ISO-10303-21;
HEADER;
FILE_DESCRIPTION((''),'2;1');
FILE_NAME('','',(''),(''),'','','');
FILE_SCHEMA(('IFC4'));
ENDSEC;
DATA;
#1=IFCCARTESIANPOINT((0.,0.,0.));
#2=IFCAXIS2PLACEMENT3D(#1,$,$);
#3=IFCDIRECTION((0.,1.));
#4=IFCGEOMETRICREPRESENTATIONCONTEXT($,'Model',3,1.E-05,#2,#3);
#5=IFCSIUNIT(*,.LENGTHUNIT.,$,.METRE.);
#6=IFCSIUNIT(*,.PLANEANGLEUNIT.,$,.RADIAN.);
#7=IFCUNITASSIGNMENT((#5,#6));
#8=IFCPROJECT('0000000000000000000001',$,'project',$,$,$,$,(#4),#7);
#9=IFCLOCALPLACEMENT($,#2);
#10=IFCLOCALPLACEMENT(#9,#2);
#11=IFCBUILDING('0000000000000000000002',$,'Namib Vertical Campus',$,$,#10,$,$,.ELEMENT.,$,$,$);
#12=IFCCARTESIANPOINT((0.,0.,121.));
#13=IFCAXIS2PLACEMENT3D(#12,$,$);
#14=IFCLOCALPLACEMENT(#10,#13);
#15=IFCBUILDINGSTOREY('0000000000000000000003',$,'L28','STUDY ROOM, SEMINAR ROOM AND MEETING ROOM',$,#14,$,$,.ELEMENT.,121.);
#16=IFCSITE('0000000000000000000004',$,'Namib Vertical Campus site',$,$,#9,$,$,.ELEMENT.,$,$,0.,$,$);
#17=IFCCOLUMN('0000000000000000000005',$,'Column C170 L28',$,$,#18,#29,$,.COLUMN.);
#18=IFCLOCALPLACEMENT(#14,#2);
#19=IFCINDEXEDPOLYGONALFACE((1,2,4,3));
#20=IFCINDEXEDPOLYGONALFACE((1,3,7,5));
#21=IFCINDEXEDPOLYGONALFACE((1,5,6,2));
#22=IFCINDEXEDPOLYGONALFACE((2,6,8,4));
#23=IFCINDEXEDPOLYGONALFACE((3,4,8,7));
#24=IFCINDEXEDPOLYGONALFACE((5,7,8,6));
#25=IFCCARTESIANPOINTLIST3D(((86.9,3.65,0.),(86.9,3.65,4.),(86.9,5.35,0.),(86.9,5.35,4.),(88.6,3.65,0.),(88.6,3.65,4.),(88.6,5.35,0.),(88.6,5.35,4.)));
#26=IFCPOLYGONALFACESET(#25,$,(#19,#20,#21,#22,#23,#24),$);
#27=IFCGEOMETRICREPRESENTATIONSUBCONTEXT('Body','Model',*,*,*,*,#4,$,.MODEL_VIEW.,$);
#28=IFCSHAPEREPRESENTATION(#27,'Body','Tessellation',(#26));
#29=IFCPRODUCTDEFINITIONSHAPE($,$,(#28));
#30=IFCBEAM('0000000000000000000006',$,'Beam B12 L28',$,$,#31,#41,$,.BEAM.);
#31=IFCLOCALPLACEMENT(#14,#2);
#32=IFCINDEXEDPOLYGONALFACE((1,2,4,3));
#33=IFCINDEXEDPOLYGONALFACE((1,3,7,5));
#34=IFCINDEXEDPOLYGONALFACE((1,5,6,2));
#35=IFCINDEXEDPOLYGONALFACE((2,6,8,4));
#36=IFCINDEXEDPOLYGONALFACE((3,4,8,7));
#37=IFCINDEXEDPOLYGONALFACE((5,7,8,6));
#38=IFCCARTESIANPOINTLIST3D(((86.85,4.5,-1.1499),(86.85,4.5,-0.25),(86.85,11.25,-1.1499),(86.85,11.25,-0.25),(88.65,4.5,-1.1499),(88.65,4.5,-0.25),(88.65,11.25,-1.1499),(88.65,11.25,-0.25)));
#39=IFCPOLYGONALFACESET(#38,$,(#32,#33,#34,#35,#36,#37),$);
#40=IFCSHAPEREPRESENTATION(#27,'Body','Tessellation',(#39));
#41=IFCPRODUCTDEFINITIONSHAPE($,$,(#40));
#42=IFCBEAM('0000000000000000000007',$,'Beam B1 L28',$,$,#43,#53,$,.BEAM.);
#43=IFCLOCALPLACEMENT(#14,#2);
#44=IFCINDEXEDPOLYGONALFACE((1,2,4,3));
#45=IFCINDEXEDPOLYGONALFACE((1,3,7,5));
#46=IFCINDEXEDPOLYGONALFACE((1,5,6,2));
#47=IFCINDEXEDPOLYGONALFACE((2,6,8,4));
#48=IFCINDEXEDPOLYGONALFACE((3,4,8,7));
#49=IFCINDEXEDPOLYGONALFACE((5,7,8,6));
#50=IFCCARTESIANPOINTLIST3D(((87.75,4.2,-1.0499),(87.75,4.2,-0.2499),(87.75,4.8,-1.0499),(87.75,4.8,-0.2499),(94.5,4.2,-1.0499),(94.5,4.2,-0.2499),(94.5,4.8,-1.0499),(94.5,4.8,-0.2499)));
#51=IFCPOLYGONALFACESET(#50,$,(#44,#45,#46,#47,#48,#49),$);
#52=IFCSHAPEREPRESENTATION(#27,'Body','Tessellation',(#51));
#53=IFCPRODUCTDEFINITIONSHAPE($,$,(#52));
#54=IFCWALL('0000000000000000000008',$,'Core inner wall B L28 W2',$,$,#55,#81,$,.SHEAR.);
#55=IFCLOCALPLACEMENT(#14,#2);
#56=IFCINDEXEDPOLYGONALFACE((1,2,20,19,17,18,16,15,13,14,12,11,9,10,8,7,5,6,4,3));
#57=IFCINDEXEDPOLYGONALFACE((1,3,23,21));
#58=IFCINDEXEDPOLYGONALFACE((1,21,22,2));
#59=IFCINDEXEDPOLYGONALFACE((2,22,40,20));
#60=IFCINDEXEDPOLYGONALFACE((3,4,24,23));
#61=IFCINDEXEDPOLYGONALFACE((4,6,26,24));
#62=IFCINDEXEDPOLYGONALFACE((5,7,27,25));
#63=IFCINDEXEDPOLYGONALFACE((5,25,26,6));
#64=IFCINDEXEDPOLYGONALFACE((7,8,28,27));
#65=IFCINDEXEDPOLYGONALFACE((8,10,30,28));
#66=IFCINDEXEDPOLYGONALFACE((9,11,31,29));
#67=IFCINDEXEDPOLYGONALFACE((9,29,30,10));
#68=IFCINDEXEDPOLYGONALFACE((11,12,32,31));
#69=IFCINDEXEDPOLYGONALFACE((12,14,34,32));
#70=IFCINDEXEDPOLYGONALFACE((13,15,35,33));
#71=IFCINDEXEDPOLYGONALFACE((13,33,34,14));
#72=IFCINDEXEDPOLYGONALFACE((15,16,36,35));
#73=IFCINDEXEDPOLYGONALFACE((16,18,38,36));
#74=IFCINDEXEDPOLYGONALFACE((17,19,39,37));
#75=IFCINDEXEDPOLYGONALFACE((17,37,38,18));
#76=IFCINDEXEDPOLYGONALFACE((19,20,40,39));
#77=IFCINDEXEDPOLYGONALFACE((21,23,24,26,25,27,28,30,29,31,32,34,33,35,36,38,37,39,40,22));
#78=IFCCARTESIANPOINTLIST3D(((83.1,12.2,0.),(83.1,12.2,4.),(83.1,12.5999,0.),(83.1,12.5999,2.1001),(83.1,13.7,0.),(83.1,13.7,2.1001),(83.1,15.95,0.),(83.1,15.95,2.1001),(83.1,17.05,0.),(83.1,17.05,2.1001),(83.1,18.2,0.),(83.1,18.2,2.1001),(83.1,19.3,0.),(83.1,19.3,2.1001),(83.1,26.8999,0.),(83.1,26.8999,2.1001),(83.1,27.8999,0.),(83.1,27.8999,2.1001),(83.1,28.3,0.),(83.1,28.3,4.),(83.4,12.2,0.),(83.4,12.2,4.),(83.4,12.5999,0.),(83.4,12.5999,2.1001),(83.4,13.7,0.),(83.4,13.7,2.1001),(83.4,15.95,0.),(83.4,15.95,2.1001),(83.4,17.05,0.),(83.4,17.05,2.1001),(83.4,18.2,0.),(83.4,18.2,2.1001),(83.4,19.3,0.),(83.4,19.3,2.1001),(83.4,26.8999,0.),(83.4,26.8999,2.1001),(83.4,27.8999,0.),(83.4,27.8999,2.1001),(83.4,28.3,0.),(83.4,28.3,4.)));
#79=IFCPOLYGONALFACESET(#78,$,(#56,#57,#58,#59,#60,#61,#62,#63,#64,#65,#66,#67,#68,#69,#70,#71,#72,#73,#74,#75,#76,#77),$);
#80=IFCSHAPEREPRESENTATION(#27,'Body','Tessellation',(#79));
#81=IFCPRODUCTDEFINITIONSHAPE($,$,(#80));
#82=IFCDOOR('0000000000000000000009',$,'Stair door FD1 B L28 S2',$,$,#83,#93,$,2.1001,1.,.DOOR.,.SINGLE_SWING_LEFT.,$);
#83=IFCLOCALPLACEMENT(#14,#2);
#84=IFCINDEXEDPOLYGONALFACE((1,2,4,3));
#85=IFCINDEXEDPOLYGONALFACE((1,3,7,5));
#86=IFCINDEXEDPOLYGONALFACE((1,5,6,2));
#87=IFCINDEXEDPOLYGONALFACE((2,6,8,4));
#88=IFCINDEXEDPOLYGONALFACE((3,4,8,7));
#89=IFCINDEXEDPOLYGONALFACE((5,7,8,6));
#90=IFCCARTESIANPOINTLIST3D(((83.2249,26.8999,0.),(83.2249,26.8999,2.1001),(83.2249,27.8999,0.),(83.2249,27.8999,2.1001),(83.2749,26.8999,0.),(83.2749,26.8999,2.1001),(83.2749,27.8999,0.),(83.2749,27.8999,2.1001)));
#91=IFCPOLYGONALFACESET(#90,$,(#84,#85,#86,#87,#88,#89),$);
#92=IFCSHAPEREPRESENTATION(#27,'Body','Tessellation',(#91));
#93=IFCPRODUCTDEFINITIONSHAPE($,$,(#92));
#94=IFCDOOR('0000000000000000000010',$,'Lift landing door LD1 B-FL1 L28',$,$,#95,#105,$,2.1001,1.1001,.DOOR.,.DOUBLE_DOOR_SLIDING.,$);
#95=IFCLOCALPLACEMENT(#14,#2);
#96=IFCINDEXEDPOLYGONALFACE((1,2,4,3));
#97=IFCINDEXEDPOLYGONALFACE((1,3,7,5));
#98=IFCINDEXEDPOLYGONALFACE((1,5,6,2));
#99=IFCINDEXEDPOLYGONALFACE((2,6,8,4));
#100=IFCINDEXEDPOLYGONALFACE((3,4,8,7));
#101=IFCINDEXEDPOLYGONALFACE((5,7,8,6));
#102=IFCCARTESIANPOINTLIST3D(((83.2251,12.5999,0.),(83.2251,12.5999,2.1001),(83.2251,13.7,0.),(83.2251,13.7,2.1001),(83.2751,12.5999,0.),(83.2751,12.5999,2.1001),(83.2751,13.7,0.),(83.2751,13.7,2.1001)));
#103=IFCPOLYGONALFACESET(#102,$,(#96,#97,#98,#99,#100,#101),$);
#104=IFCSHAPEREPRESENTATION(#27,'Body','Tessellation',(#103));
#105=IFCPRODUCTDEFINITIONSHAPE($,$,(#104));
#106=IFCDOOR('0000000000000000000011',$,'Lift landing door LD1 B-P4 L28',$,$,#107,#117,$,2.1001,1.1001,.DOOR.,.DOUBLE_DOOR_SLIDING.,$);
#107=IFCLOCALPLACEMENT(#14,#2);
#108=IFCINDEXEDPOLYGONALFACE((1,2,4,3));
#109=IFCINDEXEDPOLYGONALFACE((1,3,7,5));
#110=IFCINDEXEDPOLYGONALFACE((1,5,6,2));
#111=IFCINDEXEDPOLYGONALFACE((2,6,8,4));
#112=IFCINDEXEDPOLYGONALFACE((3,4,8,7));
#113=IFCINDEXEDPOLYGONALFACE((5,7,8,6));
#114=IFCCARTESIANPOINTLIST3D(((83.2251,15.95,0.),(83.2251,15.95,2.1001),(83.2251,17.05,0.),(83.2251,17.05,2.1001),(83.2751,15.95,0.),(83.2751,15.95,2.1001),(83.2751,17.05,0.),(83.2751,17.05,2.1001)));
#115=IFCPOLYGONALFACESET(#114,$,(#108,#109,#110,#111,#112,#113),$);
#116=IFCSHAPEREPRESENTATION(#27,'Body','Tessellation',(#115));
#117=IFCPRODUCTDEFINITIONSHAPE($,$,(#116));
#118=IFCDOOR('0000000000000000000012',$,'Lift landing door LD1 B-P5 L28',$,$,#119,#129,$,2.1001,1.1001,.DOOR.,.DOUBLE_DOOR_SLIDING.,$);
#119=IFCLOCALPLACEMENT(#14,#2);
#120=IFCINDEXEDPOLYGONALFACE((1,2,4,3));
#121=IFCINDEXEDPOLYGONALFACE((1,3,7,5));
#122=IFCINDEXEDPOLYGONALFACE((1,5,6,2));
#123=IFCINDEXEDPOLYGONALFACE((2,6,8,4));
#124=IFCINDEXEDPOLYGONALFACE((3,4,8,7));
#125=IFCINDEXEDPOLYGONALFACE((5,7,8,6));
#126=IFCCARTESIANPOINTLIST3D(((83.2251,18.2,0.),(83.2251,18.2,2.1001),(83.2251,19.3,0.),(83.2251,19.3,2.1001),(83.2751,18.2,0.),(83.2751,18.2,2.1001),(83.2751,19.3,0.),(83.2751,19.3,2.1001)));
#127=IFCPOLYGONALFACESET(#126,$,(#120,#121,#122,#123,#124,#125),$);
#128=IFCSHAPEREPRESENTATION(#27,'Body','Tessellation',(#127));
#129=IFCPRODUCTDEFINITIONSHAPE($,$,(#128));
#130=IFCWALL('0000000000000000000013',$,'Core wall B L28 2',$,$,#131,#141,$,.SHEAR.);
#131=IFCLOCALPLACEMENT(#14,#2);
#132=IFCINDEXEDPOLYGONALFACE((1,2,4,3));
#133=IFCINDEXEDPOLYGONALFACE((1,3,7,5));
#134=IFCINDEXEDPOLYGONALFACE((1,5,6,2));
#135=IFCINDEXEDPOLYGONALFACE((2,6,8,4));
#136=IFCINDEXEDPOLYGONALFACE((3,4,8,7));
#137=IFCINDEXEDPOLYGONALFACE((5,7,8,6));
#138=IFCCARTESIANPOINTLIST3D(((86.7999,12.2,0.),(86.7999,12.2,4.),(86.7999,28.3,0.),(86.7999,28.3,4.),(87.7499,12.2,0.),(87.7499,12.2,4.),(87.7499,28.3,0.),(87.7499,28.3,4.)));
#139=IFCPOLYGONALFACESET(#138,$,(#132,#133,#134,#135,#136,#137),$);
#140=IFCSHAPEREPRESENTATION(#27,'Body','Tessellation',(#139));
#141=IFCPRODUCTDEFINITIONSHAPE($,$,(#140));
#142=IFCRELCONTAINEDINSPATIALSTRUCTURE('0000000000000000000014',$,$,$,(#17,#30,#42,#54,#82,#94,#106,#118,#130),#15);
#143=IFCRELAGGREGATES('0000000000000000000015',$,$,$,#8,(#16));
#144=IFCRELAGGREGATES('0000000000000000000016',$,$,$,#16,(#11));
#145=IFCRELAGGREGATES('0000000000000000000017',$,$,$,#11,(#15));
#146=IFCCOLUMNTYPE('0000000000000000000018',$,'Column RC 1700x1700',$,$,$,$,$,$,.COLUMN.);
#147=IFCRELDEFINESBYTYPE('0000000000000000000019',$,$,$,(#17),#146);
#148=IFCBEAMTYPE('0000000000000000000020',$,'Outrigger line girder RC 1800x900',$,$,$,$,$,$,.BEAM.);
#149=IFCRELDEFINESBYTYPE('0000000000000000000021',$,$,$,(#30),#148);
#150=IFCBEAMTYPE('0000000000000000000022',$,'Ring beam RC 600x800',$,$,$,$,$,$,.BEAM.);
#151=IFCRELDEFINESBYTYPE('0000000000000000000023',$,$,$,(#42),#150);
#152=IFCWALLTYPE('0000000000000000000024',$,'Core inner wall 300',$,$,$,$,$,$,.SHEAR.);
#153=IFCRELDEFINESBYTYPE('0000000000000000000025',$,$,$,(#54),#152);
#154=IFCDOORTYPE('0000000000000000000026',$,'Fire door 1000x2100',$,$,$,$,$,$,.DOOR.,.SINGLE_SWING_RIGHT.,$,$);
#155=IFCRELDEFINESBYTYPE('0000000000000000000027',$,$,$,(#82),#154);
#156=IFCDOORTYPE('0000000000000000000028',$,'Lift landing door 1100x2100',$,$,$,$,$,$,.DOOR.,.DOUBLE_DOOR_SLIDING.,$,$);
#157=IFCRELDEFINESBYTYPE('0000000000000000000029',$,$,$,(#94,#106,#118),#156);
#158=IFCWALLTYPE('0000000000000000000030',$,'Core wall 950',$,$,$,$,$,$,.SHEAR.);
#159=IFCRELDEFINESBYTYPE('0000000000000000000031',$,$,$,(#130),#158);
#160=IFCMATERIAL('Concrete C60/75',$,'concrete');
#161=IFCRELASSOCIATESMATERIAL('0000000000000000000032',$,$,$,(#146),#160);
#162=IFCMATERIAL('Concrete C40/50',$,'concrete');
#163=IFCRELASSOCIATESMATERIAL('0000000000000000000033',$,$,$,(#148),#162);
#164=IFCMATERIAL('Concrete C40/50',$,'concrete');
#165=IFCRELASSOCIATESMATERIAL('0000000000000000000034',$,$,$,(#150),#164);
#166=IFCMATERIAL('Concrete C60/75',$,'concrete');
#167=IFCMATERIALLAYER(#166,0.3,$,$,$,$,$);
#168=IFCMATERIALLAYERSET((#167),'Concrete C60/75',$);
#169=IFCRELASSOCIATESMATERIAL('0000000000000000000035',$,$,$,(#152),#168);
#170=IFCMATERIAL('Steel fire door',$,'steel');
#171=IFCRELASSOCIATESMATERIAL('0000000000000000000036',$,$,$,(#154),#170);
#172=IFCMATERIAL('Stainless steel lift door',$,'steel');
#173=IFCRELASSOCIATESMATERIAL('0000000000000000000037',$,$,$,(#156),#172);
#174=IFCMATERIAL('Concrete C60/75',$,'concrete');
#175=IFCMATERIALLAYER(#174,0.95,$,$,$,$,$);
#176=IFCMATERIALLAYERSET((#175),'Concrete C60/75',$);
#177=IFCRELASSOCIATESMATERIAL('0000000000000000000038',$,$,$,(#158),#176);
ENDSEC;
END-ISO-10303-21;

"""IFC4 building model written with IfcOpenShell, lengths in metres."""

from ifc_helpers import new_model, si_unit, direction, frame, frame_2d, origin, origin_2d, place, context, subcontext, project, spatial, rectangle, extrude, material, layer, layer_set, material_profile, profile_set, type_object, element, fill, save


model = new_model("IFC4")

# Units and contexts
model_context = context("Model", 3, precision=1e-05, world=origin(), true_north=direction((0.0, 1.0)))
body_context = subcontext(model_context, "Body", "Model", "MODEL_VIEW")
ifc_project = project(units=[si_unit("LENGTHUNIT", "METRE"), si_unit("PLANEANGLEUNIT", "RADIAN")], contexts=[model_context])

# Site, building, storey
site_placement = place(None, origin())
site = spatial("IfcSite", under=ifc_project, at=site_placement, Name="Namib Vertical Campus site", CompositionType="ELEMENT", RefElevation=0.0)
building_placement = place(site_placement, origin())
building = spatial("IfcBuilding", under=site, at=building_placement, Name="Namib Vertical Campus", CompositionType="ELEMENT")
storey_placement = place(building_placement, frame((0.0, 0.0, 121.0)))
storey = spatial("IfcBuildingStorey", under=building, at=storey_placement, Name="L28", Description="STUDY ROOM, SEMINAR ROOM AND MEETING ROOM", CompositionType="ELEMENT", Elevation=121.0)

# Column
ifc_material_1 = material(Name="Concrete C60/75", Category="concrete")
ifc_material_profile_1 = material_profile(ifc_material_1, rectangle(XDim=1.7, YDim=1.7, at=origin_2d()))
ifc_profile_set_1 = profile_set([ifc_material_profile_1], Name="Concrete C60/75")
column_type = type_object("IfcColumnType", Name="Column RC 1700x1700", PredefinedType="COLUMN", material=ifc_profile_set_1)
column_placement = place(storey_placement, frame((87.75, 4.5, 0.0), z_axis=(0.0, 0.0, 1.0), x_axis=(1.0, 0.0, 0.0)))
element("IfcColumn", 1, at=column_placement, inside=storey, type_object=column_type, Name="Column C170 L28", PredefinedType="COLUMN", context=body_context, shape_type="SweptSolid", body=[
    extrude(rectangle(XDim=1.7, YDim=1.7, at=origin_2d()), origin(), (0.0, 0.0, 1.0), 4.0),
])

# Beams
ifc_material_2 = material(Name="Concrete C40/50", Category="concrete")
ifc_material_profile_2 = material_profile(ifc_material_2, rectangle(XDim=1.8, YDim=0.8999, at=origin_2d()))
ifc_profile_set_2 = profile_set([ifc_material_profile_2], Name="Concrete C40/50")
beam_type_1 = type_object("IfcBeamType", Name="Outrigger line girder RC 1800x900", PredefinedType="BEAM", material=ifc_profile_set_2)
beam_1_placement = place(storey_placement, frame((87.75, 4.5, -0.7), z_axis=(0.0, 1.0, 0.0), x_axis=(-1.0, 0.0, 0.0)))
element("IfcBeam", 2, at=beam_1_placement, inside=storey, type_object=beam_type_1, Name="Beam B12 L28", PredefinedType="BEAM", context=body_context, shape_type="SweptSolid", body=[
    extrude(rectangle(XDim=1.8, YDim=0.8999, at=origin_2d()), origin(), (0.0, 0.0, 1.0), 6.75),
])
ifc_material_3 = material(Name="Concrete C40/50", Category="concrete")
ifc_material_profile_3 = material_profile(ifc_material_3, rectangle(XDim=0.6001, YDim=0.8, at=origin_2d()))
ifc_profile_set_3 = profile_set([ifc_material_profile_3], Name="Concrete C40/50")
beam_type_2 = type_object("IfcBeamType", Name="Ring beam RC 600x800", PredefinedType="BEAM", material=ifc_profile_set_3)
beam_2_placement = place(storey_placement, frame((87.75, 4.5, -0.6499), z_axis=(1.0, 0.0, 0.0), x_axis=(0.0, 1.0, 0.0)))
element("IfcBeam", 3, at=beam_2_placement, inside=storey, type_object=beam_type_2, Name="Beam B1 L28", PredefinedType="BEAM", context=body_context, shape_type="SweptSolid", body=[
    extrude(rectangle(XDim=0.6001, YDim=0.8, at=origin_2d()), origin(), (0.0, 0.0, 1.0), 6.75),
])

# Wall, openings, doors
ifc_material_4 = material(Name="Concrete C60/75", Category="concrete")
ifc_layer_1 = layer(ifc_material_4, 0.3)
ifc_layer_set_1 = layer_set([ifc_layer_1], Name="Concrete C60/75")
wall_type_1 = type_object("IfcWallType", Name="Core inner wall 300", PredefinedType="SHEAR", material=ifc_layer_set_1)
wall_1_placement = place(storey_placement, frame((83.25, 12.2, 0.0), z_axis=(0.0, 0.0, 1.0), x_axis=(0.0, 1.0, 0.0)))
wall_1 = element("IfcWall", 4, at=wall_1_placement, inside=storey, type_object=wall_type_1, Name="Core inner wall B L28 W2", PredefinedType="SHEAR", context=body_context, shape_type="SweptSolid", body=[
    extrude(rectangle(XDim=16.1001, YDim=0.3, at=frame_2d((8.05, 0.0))), origin(), (0.0, 0.0, 1.0), 4.0),
])
opening_1_placement = place(wall_1_placement, frame((14.7, 0.0, 0.0)))
opening_1 = element("IfcOpeningElement", 5, at=opening_1_placement, cuts=wall_1, PredefinedType="OPENING", context=body_context, shape_type="SweptSolid", body=[
    extrude(rectangle(XDim=1.0, YDim=2.1001, at=frame_2d((0.5, 1.05))), frame((0.0, 0.1599, 0.0), z_axis=(0.0, -1.0, 0.0), x_axis=(1.0, 0.0, 0.0)), (0.0, 0.0, 1.0), 0.3201),
])
opening_2_placement = place(wall_1_placement, frame((0.3999, 0.0, 0.0)))
opening_2 = element("IfcOpeningElement", 6, at=opening_2_placement, cuts=wall_1, PredefinedType="OPENING", context=body_context, shape_type="SweptSolid", body=[
    extrude(rectangle(XDim=1.1001, YDim=2.1001, at=frame_2d((0.55, 1.05))), frame((0.0, 0.1599, 0.0), z_axis=(0.0, -1.0, 0.0), x_axis=(1.0, 0.0, 0.0)), (0.0, 0.0, 1.0), 0.3201),
])
opening_3_placement = place(wall_1_placement, frame((3.75, 0.0, 0.0)))
opening_3 = element("IfcOpeningElement", 7, at=opening_3_placement, cuts=wall_1, PredefinedType="OPENING", context=body_context, shape_type="SweptSolid", body=[
    extrude(rectangle(XDim=1.1001, YDim=2.1001, at=frame_2d((0.55, 1.05))), frame((0.0, 0.1599, 0.0), z_axis=(0.0, -1.0, 0.0), x_axis=(1.0, 0.0, 0.0)), (0.0, 0.0, 1.0), 0.3201),
])
opening_4_placement = place(wall_1_placement, frame((6.0, 0.0, 0.0)))
opening_4 = element("IfcOpeningElement", 8, at=opening_4_placement, cuts=wall_1, PredefinedType="OPENING", context=body_context, shape_type="SweptSolid", body=[
    extrude(rectangle(XDim=1.1001, YDim=2.1001, at=frame_2d((0.55, 1.05))), frame((0.0, 0.1599, 0.0), z_axis=(0.0, -1.0, 0.0), x_axis=(1.0, 0.0, 0.0)), (0.0, 0.0, 1.0), 0.3201),
])
ifc_material_5 = material(Name="Steel fire door", Category="steel")
door_type_1 = type_object("IfcDoorType", Name="Fire door 1000x2100", OperationType="SINGLE_SWING_RIGHT", PredefinedType="DOOR", material=ifc_material_5)
door_1_placement = place(opening_1_placement, frame((1.0, 0.0, 0.0), z_axis=(0.0, 0.0, 1.0), x_axis=(-1.0, 0.0, 0.0)))
door_1 = element("IfcDoor", 9, at=door_1_placement, inside=storey, type_object=door_type_1, Name="Stair door FD1 B L28 S2", OperationType="SINGLE_SWING_LEFT", OverallHeight=2.1001, OverallWidth=1.0, PredefinedType="DOOR", context=body_context, shape_type="SweptSolid", body=[
    extrude(rectangle(XDim=1.0, YDim=2.1001, at=frame_2d((0.5, 1.05))), frame((0.0, 0.0249, 0.0), z_axis=(0.0, -1.0, 0.0), x_axis=(1.0, 0.0, 0.0)), (0.0, 0.0, 1.0), 0.05),
])
fill(opening_1, door_1)
ifc_material_6 = material(Name="Stainless steel lift door", Category="steel")
door_type_2 = type_object("IfcDoorType", Name="Lift landing door 1100x2100", OperationType="DOUBLE_DOOR_SLIDING", PredefinedType="DOOR", material=ifc_material_6)
door_2_placement = place(opening_2_placement, origin())
door_2 = element("IfcDoor", 10, at=door_2_placement, inside=storey, type_object=door_type_2, Name="Lift landing door LD1 B-FL1 L28", OperationType="DOUBLE_DOOR_SLIDING", OverallHeight=2.1001, OverallWidth=1.1001, PredefinedType="DOOR", context=body_context, shape_type="SweptSolid", body=[
    extrude(rectangle(XDim=1.1001, YDim=2.1001, at=frame_2d((0.55, 1.05))), frame((0.0, 0.0249, 0.0), z_axis=(0.0, -1.0, 0.0), x_axis=(1.0, 0.0, 0.0)), (0.0, 0.0, 1.0), 0.05),
])
fill(opening_2, door_2)
door_3_placement = place(opening_3_placement, origin())
door_3 = element("IfcDoor", 11, at=door_3_placement, inside=storey, type_object=door_type_2, Name="Lift landing door LD1 B-P4 L28", OperationType="DOUBLE_DOOR_SLIDING", OverallHeight=2.1001, OverallWidth=1.1001, PredefinedType="DOOR", context=body_context, shape_type="SweptSolid", body=[
    extrude(rectangle(XDim=1.1001, YDim=2.1001, at=frame_2d((0.55, 1.05))), frame((0.0, 0.0249, 0.0), z_axis=(0.0, -1.0, 0.0), x_axis=(1.0, 0.0, 0.0)), (0.0, 0.0, 1.0), 0.05),
])
fill(opening_3, door_3)
door_4_placement = place(opening_4_placement, origin())
door_4 = element("IfcDoor", 12, at=door_4_placement, inside=storey, type_object=door_type_2, Name="Lift landing door LD1 B-P5 L28", OperationType="DOUBLE_DOOR_SLIDING", OverallHeight=2.1001, OverallWidth=1.1001, PredefinedType="DOOR", context=body_context, shape_type="SweptSolid", body=[
    extrude(rectangle(XDim=1.1001, YDim=2.1001, at=frame_2d((0.55, 1.05))), frame((0.0, 0.0249, 0.0), z_axis=(0.0, -1.0, 0.0), x_axis=(1.0, 0.0, 0.0)), (0.0, 0.0, 1.0), 0.05),
])
fill(opening_4, door_4)

# Wall
ifc_material_7 = material(Name="Concrete C60/75", Category="concrete")
ifc_layer_2 = layer(ifc_material_7, 0.95)
ifc_layer_set_2 = layer_set([ifc_layer_2], Name="Concrete C60/75")
wall_type_2 = type_object("IfcWallType", Name="Core wall 950", PredefinedType="SHEAR", material=ifc_layer_set_2)
wall_2_placement = place(storey_placement, frame((87.2749, 12.2, 0.0), z_axis=(0.0, 0.0, 1.0), x_axis=(0.0, 1.0, 0.0)))
element("IfcWall", 13, at=wall_2_placement, inside=storey, type_object=wall_type_2, Name="Core wall B L28 2", PredefinedType="SHEAR", context=body_context, shape_type="SweptSolid", body=[
    extrude(rectangle(XDim=16.1001, YDim=0.95, at=frame_2d((8.05, 0.0))), origin(), (0.0, 0.0, 1.0), 4.0),
])

save(model, "model.ifc")
